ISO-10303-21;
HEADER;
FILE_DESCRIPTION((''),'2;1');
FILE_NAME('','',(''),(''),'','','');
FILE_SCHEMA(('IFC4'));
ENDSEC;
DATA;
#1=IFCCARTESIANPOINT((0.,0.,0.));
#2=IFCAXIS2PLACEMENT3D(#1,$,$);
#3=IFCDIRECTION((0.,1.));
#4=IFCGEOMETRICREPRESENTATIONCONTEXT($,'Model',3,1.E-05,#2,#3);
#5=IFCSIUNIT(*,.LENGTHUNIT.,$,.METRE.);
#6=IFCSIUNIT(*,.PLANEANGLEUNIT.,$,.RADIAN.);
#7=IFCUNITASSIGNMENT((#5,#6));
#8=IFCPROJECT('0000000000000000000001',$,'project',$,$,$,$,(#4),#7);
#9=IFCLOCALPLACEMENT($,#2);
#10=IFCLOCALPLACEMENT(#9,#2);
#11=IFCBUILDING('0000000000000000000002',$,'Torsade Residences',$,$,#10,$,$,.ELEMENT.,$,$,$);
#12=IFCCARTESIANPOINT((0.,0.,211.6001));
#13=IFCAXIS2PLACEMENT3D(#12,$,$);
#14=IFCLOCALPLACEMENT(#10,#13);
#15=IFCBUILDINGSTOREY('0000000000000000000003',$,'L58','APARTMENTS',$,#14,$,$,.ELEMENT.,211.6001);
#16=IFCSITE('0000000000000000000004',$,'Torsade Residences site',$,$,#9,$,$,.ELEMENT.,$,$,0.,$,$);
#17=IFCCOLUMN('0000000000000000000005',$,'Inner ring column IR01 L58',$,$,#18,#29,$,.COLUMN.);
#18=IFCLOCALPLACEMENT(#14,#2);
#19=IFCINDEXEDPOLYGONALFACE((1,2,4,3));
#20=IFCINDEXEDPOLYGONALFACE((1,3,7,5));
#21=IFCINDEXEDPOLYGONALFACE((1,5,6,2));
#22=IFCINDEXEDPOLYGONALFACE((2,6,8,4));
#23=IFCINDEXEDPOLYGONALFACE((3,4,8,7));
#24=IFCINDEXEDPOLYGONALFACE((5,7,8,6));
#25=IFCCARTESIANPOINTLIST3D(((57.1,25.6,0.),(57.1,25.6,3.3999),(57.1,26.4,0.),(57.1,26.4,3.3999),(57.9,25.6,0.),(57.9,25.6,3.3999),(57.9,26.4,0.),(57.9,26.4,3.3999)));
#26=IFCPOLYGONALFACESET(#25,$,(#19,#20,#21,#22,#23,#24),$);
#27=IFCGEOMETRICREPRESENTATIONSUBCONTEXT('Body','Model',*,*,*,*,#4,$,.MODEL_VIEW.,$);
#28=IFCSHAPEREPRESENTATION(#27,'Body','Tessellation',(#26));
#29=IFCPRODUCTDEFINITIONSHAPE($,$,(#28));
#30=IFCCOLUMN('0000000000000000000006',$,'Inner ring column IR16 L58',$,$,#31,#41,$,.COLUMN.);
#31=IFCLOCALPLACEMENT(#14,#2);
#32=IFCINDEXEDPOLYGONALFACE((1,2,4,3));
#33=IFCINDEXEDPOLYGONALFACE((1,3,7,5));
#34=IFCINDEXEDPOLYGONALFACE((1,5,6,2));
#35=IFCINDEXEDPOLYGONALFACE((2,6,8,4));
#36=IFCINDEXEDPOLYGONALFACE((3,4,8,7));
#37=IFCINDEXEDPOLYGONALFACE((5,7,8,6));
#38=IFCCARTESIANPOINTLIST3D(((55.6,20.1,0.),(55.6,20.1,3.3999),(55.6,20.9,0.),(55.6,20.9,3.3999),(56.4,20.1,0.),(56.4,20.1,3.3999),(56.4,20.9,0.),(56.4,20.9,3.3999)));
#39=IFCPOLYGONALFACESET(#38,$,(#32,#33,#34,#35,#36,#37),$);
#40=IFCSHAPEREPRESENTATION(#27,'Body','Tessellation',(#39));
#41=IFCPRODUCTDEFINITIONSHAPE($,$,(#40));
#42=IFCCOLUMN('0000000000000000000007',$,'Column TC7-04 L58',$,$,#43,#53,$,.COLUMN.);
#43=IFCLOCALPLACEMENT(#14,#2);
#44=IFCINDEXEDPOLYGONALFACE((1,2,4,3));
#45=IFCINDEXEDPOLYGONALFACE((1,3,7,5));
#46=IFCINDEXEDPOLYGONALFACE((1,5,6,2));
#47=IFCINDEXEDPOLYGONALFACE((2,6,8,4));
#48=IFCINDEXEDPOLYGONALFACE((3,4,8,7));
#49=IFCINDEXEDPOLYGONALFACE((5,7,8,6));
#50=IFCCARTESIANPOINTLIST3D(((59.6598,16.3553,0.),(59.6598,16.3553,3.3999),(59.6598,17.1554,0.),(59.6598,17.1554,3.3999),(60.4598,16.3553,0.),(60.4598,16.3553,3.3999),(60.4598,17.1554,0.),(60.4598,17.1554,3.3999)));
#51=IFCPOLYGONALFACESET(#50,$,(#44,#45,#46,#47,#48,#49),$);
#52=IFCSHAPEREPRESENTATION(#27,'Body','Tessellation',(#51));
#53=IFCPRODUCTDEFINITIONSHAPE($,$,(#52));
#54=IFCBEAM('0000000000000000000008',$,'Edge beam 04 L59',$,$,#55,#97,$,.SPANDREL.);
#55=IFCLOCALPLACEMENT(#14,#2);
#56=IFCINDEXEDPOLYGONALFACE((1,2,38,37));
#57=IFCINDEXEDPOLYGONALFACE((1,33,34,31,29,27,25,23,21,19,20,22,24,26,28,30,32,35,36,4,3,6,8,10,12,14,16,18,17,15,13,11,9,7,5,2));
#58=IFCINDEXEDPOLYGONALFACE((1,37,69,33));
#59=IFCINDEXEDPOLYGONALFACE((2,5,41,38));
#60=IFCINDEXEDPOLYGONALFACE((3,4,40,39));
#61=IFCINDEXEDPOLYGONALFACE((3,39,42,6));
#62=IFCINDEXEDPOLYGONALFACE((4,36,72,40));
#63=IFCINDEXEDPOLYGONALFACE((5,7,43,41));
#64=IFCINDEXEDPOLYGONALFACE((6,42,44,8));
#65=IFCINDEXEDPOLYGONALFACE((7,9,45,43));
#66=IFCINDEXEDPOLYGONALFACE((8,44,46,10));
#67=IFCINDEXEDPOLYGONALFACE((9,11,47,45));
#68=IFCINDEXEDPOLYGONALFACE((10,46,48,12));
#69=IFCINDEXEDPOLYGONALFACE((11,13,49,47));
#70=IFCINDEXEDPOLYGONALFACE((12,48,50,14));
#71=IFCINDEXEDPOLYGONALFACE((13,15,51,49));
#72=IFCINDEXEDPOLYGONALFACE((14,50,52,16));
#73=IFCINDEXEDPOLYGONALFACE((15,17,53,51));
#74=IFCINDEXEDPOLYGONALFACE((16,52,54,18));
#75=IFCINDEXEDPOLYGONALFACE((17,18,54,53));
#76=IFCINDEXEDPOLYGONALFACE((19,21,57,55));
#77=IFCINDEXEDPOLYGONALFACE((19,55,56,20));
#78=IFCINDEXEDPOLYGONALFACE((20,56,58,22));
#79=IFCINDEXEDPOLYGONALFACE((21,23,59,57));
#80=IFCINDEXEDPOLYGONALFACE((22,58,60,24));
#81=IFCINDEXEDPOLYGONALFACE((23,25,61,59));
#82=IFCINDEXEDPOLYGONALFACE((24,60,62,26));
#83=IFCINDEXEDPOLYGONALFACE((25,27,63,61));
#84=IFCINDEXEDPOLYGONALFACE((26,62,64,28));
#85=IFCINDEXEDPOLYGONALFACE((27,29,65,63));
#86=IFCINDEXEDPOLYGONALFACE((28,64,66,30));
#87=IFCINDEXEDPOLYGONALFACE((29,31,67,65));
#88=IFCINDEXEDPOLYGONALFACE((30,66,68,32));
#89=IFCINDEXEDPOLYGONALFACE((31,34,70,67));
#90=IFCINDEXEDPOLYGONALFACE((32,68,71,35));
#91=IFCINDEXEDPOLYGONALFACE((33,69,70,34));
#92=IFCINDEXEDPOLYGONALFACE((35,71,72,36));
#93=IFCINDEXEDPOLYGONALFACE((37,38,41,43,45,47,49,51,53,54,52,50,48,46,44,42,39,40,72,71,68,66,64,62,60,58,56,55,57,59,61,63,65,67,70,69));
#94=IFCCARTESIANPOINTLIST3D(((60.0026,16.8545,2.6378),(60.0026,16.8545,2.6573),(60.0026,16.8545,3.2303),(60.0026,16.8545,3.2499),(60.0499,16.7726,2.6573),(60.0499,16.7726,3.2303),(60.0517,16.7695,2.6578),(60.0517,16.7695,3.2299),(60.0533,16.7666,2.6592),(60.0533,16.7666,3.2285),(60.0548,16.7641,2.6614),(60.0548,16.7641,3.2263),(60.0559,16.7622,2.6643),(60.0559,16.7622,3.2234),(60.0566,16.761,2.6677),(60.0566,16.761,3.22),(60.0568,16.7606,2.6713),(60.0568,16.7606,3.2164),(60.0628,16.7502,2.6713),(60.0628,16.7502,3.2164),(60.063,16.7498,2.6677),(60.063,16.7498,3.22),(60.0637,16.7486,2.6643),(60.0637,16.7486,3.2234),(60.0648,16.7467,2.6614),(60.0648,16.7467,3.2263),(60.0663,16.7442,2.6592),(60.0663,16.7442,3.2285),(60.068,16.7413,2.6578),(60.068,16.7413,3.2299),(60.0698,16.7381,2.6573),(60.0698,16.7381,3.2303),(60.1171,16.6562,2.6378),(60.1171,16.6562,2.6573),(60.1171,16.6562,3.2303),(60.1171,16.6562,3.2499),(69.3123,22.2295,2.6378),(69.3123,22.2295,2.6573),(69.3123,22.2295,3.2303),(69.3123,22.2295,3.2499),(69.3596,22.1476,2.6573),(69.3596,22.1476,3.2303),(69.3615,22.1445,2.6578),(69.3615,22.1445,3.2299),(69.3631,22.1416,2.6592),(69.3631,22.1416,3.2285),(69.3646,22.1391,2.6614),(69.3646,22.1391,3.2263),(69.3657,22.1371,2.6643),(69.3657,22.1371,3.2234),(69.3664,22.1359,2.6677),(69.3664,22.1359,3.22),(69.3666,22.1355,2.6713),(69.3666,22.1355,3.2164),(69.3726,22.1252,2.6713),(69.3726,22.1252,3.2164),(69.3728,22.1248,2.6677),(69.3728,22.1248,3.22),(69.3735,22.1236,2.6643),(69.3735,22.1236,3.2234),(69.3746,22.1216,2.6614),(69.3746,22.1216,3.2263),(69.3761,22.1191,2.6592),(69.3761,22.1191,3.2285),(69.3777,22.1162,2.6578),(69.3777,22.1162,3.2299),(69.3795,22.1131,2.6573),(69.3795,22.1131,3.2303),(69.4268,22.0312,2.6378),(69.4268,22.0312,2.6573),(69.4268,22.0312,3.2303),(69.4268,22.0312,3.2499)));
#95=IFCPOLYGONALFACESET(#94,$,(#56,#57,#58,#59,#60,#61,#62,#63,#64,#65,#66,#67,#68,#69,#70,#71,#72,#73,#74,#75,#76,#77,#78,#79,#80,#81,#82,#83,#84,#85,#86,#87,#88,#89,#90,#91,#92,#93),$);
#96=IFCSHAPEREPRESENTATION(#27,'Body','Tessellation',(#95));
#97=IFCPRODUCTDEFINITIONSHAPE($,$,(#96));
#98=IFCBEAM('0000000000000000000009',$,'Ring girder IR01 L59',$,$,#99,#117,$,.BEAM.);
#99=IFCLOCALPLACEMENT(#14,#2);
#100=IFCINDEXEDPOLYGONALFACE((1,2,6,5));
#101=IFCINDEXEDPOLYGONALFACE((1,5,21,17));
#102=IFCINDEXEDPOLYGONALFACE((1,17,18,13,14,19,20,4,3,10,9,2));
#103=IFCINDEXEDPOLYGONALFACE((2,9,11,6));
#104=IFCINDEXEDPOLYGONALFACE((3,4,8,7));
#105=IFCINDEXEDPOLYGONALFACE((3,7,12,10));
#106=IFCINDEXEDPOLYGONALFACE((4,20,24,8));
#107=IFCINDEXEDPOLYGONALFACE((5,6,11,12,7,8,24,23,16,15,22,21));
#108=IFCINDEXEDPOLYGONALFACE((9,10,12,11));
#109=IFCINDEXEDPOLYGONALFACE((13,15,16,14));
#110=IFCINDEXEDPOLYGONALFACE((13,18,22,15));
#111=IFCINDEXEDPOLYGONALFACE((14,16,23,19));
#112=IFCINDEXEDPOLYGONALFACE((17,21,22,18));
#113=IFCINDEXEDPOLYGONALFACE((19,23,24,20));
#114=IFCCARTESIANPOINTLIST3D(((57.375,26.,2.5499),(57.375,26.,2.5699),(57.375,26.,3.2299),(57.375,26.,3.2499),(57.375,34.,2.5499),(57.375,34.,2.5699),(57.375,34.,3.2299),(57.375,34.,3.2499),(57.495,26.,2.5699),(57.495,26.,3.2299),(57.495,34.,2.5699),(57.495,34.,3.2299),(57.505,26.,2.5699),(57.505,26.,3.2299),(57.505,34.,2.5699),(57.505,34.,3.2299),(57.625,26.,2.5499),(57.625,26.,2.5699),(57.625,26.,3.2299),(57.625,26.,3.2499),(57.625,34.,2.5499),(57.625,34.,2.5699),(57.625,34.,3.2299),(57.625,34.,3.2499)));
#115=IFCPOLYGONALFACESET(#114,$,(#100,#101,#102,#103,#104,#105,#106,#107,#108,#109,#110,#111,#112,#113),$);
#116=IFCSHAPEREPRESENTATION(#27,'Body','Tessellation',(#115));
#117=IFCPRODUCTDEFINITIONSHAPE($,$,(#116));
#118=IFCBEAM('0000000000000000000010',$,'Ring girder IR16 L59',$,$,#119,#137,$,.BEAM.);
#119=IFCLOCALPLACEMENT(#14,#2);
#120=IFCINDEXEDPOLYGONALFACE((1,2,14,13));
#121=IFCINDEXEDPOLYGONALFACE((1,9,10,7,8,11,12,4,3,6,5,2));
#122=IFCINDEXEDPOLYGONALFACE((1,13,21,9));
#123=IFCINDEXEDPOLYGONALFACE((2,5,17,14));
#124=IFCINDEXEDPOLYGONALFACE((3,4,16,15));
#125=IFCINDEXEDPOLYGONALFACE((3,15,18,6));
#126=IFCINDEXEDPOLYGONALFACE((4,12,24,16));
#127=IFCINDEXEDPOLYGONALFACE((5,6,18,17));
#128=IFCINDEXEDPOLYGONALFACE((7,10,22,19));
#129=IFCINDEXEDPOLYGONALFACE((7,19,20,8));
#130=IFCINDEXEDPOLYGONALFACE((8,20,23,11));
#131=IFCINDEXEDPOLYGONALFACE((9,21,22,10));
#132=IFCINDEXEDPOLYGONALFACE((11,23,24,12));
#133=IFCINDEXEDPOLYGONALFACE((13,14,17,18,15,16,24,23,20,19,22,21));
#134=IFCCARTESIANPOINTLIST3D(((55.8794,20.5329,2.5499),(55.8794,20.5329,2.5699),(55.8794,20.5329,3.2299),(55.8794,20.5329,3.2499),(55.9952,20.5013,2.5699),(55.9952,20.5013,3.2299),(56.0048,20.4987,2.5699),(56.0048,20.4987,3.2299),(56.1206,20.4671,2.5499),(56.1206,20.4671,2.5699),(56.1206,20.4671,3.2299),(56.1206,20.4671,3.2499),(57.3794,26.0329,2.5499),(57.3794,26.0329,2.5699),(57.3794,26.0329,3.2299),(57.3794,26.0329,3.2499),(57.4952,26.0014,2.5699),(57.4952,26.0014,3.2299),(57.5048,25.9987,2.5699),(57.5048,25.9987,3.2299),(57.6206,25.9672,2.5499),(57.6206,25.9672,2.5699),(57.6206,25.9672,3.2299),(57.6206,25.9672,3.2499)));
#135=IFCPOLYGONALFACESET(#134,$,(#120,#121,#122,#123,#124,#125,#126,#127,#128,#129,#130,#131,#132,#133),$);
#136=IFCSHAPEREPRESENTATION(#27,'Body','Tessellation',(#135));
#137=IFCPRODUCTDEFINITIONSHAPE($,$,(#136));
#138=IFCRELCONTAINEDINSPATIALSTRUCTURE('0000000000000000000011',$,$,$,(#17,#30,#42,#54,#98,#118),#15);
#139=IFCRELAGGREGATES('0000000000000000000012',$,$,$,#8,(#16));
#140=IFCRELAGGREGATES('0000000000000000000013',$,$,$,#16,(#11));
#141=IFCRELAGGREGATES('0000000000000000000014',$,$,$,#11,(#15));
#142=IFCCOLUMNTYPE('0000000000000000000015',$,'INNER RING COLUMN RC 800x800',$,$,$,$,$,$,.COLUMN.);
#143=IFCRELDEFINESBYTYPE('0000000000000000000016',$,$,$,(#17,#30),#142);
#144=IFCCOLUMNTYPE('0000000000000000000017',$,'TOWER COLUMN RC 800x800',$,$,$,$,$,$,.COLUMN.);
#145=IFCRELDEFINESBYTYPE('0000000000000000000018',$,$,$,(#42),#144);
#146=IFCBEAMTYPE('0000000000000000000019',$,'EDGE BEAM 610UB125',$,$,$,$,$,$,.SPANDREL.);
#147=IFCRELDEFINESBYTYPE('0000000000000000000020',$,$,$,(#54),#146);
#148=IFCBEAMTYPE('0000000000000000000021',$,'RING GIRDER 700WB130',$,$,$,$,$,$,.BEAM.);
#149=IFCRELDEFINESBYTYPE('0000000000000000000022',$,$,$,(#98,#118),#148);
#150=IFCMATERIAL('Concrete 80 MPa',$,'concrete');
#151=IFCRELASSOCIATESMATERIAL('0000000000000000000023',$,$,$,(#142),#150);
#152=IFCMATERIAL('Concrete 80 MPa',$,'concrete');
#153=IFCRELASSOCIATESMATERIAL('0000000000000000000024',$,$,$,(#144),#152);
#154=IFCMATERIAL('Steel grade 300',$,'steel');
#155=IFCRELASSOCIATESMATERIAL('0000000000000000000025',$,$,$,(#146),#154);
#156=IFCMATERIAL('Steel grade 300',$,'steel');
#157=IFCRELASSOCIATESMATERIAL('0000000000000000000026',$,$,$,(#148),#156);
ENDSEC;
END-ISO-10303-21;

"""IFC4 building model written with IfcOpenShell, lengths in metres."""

from ifc_helpers import new_model, si_unit, direction, frame, origin, origin_2d, place, context, subcontext, project, spatial, rectangle, i_section, extrude, material, material_profile, profile_set, type_object, element, save


model = new_model("IFC4")

# Units and contexts
model_context = context("Model", 3, precision=1e-05, world=origin(), true_north=direction((0.0, 1.0)))
body_context = subcontext(model_context, "Body", "Model", "MODEL_VIEW")
ifc_project = project(units=[si_unit("LENGTHUNIT", "METRE"), si_unit("PLANEANGLEUNIT", "RADIAN")], contexts=[model_context])

# Site, building, storey
site_placement = place(None, origin())
site = spatial("IfcSite", under=ifc_project, at=site_placement, Name="Torsade Residences site", CompositionType="ELEMENT", RefElevation=0.0)
building_placement = place(site_placement, origin())
building = spatial("IfcBuilding", under=site, at=building_placement, Name="Torsade Residences", CompositionType="ELEMENT")
storey_placement = place(building_placement, frame((0.0, 0.0, 211.6001)))
storey = spatial("IfcBuildingStorey", under=building, at=storey_placement, Name="L58", Description="APARTMENTS", CompositionType="ELEMENT", Elevation=211.6001)

# Columns
ifc_material_1 = material(Name="Concrete 80 MPa", Category="concrete")
ifc_material_profile_1 = material_profile(ifc_material_1, rectangle(XDim=0.8, YDim=0.8, at=origin_2d()), Name="RC 800x800")
ifc_profile_set_1 = profile_set([ifc_material_profile_1], Name="Concrete 80 MPa")
column_type_1 = type_object("IfcColumnType", Name="INNER RING COLUMN RC 800x800", PredefinedType="COLUMN", material=ifc_profile_set_1)
for number, where, z_axis, x_axis, name in (
    (1, (57.5, 26.0, 0.0), (0.0, 0.0, 1.0), (1.0, 0.0, 0.0), "Inner ring column IR01 L58"),
    (2, (56.0, 20.5, 0.0), (0.0, 0.0, 1.0), (1.0, 0.0, 0.0), "Inner ring column IR16 L58"),
):
    element("IfcColumn", number, at=place(storey_placement, frame(where, z_axis=z_axis, x_axis=x_axis)), inside=storey, type_object=column_type_1, Name=name, PredefinedType="COLUMN", context=body_context, shape_type="SweptSolid", body=[
        extrude(rectangle(XDim=0.8, YDim=0.8, at=origin_2d()), origin(), (0.0, 0.0, 1.0), 3.3999),
    ])
ifc_material_2 = material(Name="Concrete 80 MPa", Category="concrete")
ifc_material_profile_2 = material_profile(ifc_material_2, rectangle(XDim=0.8, YDim=0.8, at=origin_2d()), Name="RC 800x800")
ifc_profile_set_2 = profile_set([ifc_material_profile_2], Name="Concrete 80 MPa")
column_type_2 = type_object("IfcColumnType", Name="TOWER COLUMN RC 800x800", PredefinedType="COLUMN", material=ifc_profile_set_2)
column_placement = place(storey_placement, frame((60.0598, 16.7554, 0.0), z_axis=(0.0, 0.0, 1.0), x_axis=(1.0, 0.0, 0.0)))
element("IfcColumn", 3, at=column_placement, inside=storey, type_object=column_type_2, Name="Column TC7-04 L58", PredefinedType="COLUMN", context=body_context, shape_type="SweptSolid", body=[
    extrude(rectangle(XDim=0.8, YDim=0.8, at=origin_2d()), origin(), (0.0, 0.0, 1.0), 3.3999),
])

# Beams
ifc_material_3 = material(Name="Steel grade 300", Category="steel")
ifc_material_profile_3 = material_profile(ifc_material_3, i_section(OverallWidth=0.229, OverallDepth=0.6121, WebThickness=0.012, FlangeThickness=0.0195, FilletRadius=0.0139, at=origin_2d()), Name="610UB125")
ifc_profile_set_3 = profile_set([ifc_material_profile_3], Name="Steel grade 300")
beam_type_1 = type_object("IfcBeamType", Name="EDGE BEAM 610UB125", PredefinedType="SPANDREL", material=ifc_profile_set_3)
beam_1_placement = place(storey_placement, frame((60.0598, 16.7554, 2.9438), z_axis=(0.866026, 0.499998, 0.0), x_axis=(-0.499998, 0.866026, 0.0)))
element("IfcBeam", 4, at=beam_1_placement, inside=storey, type_object=beam_type_1, Name="Edge beam 04 L59", PredefinedType="SPANDREL", context=body_context, shape_type="SweptSolid", body=[
    extrude(i_section(OverallWidth=0.229, OverallDepth=0.6121, WebThickness=0.012, FlangeThickness=0.0195, FilletRadius=0.0139, at=origin_2d()), origin(), (0.0, 0.0, 1.0), 10.75),
])
ifc_material_4 = material(Name="Steel grade 300", Category="steel")
ifc_material_profile_4 = material_profile(ifc_material_4, i_section(OverallWidth=0.25, OverallDepth=0.7, WebThickness=0.01, FlangeThickness=0.02, at=origin_2d()), Name="700WB130")
ifc_profile_set_4 = profile_set([ifc_material_profile_4], Name="Steel grade 300")
beam_type_2 = type_object("IfcBeamType", Name="RING GIRDER 700WB130", PredefinedType="BEAM", material=ifc_profile_set_4)
beam_2_placement = place(storey_placement, frame((57.5, 26.0, 2.8999), z_axis=(0.0, 1.0, 0.0), x_axis=(-1.0, 0.0, 0.0)))
element("IfcBeam", 5, at=beam_2_placement, inside=storey, type_object=beam_type_2, Name="Ring girder IR01 L59", PredefinedType="BEAM", context=body_context, shape_type="SweptSolid", body=[
    extrude(i_section(OverallWidth=0.25, OverallDepth=0.7, WebThickness=0.01, FlangeThickness=0.02, at=origin_2d()), origin(), (0.0, 0.0, 1.0), 8.0),
])
beam_3_placement = place(storey_placement, frame((56.0, 20.5, 2.8999), z_axis=(0.263117, 0.964764, 0.0), x_axis=(-0.964764, 0.263117, 0.0)))
element("IfcBeam", 6, at=beam_3_placement, inside=storey, type_object=beam_type_2, Name="Ring girder IR16 L59", PredefinedType="BEAM", context=body_context, shape_type="SweptSolid", body=[
    extrude(i_section(OverallWidth=0.25, OverallDepth=0.7, WebThickness=0.01, FlangeThickness=0.02, at=origin_2d()), origin(), (0.0, 0.0, 1.0), 5.7009),
])

save(model, "model.ifc")
